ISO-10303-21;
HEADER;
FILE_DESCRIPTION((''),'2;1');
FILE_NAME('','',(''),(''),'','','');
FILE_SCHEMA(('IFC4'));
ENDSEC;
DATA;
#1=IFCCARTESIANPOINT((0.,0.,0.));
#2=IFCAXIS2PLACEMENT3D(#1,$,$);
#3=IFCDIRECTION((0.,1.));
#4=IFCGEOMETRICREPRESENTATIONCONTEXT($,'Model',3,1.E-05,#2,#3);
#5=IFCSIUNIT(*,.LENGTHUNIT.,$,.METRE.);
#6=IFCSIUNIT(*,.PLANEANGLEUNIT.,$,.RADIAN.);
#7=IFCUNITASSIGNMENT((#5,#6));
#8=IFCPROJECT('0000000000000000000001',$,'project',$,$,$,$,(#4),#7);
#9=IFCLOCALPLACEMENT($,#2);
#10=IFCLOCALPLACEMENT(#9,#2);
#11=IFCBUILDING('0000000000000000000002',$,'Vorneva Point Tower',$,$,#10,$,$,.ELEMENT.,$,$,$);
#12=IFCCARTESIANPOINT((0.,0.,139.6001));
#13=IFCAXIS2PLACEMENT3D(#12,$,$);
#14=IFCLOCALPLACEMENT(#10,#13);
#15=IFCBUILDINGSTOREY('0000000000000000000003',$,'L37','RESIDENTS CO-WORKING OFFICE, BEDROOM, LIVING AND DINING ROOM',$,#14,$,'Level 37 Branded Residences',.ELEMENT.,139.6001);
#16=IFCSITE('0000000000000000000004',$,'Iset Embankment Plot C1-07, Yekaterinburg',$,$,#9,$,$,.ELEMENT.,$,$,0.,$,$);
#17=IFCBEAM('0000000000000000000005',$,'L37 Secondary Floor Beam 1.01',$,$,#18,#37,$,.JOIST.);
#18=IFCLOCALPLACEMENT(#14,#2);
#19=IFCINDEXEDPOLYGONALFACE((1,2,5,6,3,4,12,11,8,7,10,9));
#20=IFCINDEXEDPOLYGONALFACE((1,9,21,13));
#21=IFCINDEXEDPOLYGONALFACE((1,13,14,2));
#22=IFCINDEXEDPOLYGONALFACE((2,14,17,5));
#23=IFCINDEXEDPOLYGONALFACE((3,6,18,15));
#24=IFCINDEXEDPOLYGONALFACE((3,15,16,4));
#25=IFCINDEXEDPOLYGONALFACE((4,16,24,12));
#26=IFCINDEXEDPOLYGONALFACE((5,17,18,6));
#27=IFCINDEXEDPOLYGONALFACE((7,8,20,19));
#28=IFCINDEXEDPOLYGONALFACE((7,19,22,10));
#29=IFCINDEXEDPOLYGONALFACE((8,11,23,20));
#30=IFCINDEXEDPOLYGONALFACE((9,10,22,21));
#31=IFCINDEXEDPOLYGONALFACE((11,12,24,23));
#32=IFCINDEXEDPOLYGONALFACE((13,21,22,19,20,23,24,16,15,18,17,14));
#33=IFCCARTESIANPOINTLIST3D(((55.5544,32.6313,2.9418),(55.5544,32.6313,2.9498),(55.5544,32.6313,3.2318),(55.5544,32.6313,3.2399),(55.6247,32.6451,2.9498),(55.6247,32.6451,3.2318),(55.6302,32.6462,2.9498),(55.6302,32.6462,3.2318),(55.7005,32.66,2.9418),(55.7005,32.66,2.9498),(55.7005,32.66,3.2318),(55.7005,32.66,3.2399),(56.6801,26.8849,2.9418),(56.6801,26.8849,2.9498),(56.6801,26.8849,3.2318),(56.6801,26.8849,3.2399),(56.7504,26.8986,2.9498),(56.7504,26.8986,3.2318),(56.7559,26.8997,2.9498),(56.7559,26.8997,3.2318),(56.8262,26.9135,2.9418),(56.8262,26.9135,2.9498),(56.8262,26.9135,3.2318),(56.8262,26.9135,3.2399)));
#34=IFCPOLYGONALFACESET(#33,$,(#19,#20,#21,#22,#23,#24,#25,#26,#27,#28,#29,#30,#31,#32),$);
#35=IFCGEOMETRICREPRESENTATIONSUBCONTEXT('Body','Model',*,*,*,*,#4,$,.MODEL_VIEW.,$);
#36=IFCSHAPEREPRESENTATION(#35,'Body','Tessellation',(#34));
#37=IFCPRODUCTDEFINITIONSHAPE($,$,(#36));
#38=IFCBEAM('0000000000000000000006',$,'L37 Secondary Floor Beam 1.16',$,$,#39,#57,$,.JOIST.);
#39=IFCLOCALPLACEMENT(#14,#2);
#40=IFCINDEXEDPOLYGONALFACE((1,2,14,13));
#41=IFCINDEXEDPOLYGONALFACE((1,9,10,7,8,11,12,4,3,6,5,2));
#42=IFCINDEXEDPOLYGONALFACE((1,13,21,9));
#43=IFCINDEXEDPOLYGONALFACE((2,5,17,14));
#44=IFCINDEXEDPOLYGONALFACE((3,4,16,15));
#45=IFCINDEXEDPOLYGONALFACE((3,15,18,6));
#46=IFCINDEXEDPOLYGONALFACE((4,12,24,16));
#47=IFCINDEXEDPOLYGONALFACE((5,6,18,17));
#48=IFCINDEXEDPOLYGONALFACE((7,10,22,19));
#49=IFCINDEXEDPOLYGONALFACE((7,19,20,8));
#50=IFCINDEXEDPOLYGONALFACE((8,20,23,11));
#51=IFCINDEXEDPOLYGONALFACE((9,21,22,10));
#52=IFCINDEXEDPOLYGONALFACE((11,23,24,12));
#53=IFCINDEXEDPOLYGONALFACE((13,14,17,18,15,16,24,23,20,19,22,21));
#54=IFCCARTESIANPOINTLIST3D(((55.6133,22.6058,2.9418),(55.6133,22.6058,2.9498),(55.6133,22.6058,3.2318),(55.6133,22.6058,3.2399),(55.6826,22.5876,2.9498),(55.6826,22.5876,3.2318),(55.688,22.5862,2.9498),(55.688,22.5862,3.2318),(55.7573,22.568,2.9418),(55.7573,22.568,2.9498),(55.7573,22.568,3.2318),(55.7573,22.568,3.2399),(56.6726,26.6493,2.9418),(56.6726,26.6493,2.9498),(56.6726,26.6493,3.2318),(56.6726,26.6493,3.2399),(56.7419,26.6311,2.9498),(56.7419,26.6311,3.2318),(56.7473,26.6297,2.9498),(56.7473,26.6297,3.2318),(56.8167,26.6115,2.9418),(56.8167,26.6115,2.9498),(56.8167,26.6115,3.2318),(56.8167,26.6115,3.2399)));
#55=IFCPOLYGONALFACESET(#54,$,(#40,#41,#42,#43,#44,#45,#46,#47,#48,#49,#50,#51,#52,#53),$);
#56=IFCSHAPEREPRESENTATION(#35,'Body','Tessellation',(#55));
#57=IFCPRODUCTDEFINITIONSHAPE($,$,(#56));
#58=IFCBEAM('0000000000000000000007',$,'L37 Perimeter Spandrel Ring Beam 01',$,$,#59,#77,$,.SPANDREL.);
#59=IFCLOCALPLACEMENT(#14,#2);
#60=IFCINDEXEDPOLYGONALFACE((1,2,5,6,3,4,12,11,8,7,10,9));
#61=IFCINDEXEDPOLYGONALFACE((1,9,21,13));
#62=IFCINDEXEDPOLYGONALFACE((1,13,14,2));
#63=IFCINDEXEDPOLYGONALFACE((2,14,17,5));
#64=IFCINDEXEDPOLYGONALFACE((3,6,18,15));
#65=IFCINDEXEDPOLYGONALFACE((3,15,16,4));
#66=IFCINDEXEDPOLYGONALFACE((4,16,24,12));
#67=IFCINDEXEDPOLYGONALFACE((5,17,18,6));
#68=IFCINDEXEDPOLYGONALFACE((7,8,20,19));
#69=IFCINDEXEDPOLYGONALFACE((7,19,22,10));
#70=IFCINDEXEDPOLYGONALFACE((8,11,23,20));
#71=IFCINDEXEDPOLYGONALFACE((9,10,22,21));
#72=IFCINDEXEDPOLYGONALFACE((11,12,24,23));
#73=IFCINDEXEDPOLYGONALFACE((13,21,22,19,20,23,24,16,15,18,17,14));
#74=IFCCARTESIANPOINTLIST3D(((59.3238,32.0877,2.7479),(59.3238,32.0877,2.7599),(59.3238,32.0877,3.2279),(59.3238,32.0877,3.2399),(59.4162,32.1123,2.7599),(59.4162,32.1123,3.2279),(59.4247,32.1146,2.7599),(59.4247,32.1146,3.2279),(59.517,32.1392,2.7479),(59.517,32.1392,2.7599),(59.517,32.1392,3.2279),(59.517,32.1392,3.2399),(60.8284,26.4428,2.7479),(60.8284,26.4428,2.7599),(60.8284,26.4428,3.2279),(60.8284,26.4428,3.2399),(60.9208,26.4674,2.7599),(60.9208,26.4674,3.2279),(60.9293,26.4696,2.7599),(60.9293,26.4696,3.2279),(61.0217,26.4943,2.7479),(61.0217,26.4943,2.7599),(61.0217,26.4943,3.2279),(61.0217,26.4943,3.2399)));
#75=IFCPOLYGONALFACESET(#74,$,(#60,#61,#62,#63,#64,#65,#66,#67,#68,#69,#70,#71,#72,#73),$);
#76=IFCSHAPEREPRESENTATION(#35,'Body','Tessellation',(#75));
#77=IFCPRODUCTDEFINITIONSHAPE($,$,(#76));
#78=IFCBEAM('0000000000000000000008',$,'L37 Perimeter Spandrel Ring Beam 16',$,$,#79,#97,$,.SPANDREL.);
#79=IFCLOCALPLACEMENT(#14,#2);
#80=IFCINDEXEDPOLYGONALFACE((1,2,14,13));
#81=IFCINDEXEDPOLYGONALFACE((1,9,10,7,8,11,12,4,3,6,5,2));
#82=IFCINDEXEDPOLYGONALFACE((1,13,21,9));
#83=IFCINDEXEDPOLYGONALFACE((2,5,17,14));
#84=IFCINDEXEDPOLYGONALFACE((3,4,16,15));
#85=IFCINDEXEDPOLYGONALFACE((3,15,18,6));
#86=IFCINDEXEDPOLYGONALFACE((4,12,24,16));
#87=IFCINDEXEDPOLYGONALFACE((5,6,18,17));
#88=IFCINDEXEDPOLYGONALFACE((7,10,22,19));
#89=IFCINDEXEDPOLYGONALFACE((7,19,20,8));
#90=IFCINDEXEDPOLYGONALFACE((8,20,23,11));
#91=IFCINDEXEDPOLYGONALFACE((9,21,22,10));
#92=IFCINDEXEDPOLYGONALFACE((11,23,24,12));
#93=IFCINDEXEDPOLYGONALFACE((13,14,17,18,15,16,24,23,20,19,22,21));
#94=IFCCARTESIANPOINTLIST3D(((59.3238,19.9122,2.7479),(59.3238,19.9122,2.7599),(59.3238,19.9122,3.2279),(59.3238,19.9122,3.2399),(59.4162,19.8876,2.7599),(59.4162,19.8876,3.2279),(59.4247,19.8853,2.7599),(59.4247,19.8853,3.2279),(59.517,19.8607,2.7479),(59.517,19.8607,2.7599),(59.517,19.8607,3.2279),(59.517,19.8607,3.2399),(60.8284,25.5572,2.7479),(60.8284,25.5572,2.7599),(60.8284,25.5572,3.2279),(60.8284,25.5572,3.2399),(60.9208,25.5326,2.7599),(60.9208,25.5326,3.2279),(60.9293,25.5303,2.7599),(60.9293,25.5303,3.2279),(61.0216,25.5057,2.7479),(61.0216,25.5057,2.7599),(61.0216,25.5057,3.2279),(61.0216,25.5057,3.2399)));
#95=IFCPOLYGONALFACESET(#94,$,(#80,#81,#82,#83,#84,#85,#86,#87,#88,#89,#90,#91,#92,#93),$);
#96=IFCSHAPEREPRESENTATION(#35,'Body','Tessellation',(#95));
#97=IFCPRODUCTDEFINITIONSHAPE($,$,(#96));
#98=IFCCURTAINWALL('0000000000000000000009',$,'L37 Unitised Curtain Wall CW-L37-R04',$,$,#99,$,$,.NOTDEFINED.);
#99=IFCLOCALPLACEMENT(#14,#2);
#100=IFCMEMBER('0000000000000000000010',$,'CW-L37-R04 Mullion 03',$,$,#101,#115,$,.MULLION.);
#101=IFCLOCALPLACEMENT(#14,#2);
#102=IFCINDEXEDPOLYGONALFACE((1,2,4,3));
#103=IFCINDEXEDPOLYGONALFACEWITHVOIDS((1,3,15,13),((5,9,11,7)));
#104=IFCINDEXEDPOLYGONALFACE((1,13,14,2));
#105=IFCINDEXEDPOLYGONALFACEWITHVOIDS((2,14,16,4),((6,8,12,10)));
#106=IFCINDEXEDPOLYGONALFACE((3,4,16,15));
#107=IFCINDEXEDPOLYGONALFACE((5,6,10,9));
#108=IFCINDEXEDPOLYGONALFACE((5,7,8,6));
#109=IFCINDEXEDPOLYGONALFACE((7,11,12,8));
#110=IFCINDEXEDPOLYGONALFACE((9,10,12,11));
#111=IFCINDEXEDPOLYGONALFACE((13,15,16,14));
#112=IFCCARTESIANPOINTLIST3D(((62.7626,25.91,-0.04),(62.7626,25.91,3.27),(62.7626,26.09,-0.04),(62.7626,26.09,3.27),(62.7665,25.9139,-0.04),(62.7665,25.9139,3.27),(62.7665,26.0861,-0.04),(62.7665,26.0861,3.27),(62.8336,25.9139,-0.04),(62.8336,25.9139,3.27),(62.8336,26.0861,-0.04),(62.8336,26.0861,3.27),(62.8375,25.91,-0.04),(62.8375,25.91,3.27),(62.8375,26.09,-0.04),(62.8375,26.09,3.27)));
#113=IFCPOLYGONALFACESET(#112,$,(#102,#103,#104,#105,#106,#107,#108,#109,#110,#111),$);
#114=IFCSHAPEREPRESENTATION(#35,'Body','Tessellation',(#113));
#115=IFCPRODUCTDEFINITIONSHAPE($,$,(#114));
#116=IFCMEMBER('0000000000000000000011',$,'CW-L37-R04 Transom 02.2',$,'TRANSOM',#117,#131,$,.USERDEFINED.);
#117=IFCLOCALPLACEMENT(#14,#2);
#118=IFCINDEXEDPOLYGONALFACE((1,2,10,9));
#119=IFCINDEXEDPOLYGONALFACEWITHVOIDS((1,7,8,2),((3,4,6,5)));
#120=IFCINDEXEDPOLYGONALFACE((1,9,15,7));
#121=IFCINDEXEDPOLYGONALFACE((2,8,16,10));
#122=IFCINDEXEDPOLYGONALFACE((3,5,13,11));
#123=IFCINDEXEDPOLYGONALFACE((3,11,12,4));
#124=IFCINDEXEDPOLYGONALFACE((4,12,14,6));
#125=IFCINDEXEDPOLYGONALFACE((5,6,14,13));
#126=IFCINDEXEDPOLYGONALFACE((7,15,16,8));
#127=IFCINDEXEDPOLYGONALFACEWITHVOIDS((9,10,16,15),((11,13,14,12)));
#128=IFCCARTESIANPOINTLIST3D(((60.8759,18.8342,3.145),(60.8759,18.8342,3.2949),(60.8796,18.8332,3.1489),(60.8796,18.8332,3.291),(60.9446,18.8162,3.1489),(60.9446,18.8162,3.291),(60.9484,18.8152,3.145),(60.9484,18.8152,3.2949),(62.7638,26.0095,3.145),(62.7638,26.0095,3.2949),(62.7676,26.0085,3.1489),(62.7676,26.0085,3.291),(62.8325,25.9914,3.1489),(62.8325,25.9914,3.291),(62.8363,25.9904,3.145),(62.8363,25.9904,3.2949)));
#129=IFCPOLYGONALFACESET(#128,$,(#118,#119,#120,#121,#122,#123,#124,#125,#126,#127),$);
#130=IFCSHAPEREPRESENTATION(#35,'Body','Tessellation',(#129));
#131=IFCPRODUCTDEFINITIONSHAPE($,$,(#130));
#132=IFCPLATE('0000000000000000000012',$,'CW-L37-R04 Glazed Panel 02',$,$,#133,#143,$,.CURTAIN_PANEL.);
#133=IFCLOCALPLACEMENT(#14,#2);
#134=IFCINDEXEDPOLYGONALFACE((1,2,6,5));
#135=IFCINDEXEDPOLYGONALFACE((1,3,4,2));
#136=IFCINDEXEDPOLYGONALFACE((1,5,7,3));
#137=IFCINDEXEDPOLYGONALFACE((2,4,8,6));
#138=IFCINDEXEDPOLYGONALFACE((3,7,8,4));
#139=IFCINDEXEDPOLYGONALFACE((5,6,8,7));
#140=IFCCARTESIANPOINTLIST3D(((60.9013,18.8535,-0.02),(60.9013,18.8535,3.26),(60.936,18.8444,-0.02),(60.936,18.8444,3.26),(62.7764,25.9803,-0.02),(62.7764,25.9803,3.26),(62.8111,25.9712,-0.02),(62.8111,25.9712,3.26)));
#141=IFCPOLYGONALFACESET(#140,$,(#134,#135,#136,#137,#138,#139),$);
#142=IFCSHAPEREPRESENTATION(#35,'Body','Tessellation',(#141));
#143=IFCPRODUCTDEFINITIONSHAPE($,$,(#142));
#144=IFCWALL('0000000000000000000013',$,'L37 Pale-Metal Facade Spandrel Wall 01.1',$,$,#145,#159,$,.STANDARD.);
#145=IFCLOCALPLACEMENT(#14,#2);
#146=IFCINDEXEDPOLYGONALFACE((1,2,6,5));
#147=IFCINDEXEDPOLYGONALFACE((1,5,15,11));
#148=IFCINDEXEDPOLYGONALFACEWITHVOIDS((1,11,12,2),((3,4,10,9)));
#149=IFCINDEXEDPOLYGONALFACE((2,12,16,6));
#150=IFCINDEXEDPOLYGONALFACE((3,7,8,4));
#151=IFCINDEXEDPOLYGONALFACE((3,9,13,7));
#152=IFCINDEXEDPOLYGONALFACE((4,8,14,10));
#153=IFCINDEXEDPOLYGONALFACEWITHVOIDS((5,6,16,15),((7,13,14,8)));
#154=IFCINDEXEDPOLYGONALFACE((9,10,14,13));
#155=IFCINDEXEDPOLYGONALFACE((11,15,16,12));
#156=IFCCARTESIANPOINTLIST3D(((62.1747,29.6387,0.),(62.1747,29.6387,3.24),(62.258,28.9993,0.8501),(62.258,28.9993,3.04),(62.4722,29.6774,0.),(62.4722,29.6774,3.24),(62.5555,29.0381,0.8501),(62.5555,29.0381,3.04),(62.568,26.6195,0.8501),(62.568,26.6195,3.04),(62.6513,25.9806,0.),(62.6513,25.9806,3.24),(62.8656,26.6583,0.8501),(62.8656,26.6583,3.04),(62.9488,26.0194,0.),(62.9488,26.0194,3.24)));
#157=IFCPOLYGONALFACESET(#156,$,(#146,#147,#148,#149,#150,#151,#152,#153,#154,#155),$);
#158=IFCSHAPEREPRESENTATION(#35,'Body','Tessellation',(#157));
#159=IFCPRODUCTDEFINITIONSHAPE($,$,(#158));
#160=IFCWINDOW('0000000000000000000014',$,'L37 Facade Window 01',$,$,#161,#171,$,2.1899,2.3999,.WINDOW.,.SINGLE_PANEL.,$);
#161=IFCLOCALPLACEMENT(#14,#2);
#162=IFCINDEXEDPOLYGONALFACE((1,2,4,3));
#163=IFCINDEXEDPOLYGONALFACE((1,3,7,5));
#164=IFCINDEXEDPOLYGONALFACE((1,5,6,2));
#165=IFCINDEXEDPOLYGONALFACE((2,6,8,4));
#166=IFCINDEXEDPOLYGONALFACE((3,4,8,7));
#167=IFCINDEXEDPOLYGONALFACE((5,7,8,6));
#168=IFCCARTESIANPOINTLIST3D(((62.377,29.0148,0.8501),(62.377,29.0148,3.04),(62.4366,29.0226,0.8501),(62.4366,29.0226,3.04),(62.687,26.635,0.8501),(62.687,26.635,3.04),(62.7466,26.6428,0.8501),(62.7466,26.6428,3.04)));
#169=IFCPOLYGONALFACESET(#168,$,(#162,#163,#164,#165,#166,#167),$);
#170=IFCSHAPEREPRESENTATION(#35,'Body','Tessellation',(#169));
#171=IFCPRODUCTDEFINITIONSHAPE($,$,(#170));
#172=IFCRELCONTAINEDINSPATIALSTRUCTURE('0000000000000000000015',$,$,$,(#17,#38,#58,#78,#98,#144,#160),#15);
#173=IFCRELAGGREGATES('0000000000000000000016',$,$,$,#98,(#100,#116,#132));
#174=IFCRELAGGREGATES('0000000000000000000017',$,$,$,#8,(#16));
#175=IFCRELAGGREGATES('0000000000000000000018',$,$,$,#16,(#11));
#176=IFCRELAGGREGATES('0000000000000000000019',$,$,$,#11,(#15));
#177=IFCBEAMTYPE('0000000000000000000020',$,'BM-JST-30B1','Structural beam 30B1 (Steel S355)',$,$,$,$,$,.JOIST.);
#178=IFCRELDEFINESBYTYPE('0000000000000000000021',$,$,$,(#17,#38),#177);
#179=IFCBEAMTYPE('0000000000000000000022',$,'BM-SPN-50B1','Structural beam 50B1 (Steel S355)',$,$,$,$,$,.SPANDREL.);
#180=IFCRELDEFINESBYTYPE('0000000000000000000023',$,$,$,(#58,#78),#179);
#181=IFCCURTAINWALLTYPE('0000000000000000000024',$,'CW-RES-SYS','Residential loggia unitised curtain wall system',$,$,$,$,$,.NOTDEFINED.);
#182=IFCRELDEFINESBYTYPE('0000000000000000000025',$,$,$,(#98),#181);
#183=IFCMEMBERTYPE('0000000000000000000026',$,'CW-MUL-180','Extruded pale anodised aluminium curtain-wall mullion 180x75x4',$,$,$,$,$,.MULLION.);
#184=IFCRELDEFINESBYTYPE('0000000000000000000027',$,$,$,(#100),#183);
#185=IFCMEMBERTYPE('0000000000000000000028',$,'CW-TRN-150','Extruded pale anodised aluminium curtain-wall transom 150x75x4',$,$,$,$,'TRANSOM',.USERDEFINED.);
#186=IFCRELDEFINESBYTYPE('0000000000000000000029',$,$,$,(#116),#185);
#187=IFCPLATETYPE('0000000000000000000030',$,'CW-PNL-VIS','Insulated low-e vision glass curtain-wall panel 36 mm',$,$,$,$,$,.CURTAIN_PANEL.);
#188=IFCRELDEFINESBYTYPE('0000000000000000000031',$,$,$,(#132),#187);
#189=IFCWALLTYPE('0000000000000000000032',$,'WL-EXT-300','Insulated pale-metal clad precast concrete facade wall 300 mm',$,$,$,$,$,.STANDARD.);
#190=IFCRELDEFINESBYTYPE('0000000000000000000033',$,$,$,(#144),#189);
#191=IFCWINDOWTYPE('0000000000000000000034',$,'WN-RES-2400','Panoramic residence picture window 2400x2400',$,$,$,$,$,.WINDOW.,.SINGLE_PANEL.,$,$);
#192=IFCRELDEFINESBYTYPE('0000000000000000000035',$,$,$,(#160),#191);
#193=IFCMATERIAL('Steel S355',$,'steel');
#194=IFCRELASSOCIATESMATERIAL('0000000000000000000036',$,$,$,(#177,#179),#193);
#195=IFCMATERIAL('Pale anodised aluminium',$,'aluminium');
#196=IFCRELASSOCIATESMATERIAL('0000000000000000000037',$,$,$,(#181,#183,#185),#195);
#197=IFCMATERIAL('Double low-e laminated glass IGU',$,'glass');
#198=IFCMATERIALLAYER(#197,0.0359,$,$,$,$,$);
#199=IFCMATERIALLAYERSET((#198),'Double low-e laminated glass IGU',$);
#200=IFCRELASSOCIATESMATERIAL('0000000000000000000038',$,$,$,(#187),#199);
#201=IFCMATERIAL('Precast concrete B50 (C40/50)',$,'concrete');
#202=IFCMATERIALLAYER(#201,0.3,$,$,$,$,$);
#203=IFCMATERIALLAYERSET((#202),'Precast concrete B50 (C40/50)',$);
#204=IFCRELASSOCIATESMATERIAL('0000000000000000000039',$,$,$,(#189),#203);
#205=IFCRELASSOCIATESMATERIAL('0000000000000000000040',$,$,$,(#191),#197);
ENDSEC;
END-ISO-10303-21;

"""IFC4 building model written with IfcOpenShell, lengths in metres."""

from ifc_helpers import new_model, si_unit, direction, frame, frame_2d, origin, origin_2d, place, context, subcontext, project, spatial, rectangle, hollow_rectangle, i_section, extrude, material, layer, layer_set, material_profile, profile_set, type_object, element, fill, aggregate, save


model = new_model("IFC4")

# Units and contexts
model_context = context("Model", 3, precision=1e-05, world=origin(), true_north=direction((0.0, 1.0)))
body_context = subcontext(model_context, "Body", "Model", "MODEL_VIEW")
ifc_project = project(units=[si_unit("LENGTHUNIT", "METRE"), si_unit("PLANEANGLEUNIT", "RADIAN")], contexts=[model_context])

# Site, building, storey
site_placement = place(None, origin())
site = spatial("IfcSite", under=ifc_project, at=site_placement, Name="Iset Embankment Plot C1-07, Yekaterinburg", CompositionType="ELEMENT", RefElevation=0.0)
building_placement = place(site_placement, origin())
building = spatial("IfcBuilding", under=site, at=building_placement, Name="Vorneva Point Tower", CompositionType="ELEMENT")
storey_placement = place(building_placement, frame((0.0, 0.0, 139.6001)))
storey = spatial("IfcBuildingStorey", under=building, at=storey_placement, Name="L37", Description="RESIDENTS CO-WORKING OFFICE, BEDROOM, LIVING AND DINING ROOM", LongName="Level 37 Branded Residences", CompositionType="ELEMENT", Elevation=139.6001)

# Beams
ifc_material_1 = material(Name="Steel S355", Category="steel")
ifc_material_profile_1 = material_profile(ifc_material_1, i_section(OverallWidth=0.1489, OverallDepth=0.2981, WebThickness=0.0056, FlangeThickness=0.0081, at=origin_2d()), Name="30B1")
ifc_profile_set_1 = profile_set([ifc_material_profile_1], Name="Steel S355")
beam_type_1 = type_object("IfcBeamType", Name="BM-JST-30B1", Description="Structural beam 30B1 (Steel S355)", PredefinedType="JOIST", material=ifc_profile_set_1)
beam_1_placement = place(storey_placement, frame((56.7532, 26.8992, 3.0908), z_axis=(-0.192242, 0.981348, 0.0), x_axis=(-0.981348, -0.192242, 0.0)))
element("IfcBeam", 1, at=beam_1_placement, inside=storey, type_object=beam_type_1, Name="L37 Secondary Floor Beam 1.01", PredefinedType="JOIST", context=body_context, shape_type="SweptSolid", body=[
    extrude(i_section(OverallWidth=0.1489, OverallDepth=0.2981, WebThickness=0.0056, FlangeThickness=0.0081, at=origin_2d()), origin(), (0.0, 0.0, 1.0), 5.8557),
])
beam_2_placement = place(storey_placement, frame((55.6853, 22.5869, 3.0908), z_axis=(0.253432, 0.967353, 0.0), x_axis=(-0.967353, 0.253432, 0.0)))
element("IfcBeam", 2, at=beam_2_placement, inside=storey, type_object=beam_type_1, Name="L37 Secondary Floor Beam 1.16", PredefinedType="JOIST", context=body_context, shape_type="SweptSolid", body=[
    extrude(i_section(OverallWidth=0.1489, OverallDepth=0.2981, WebThickness=0.0056, FlangeThickness=0.0081, at=origin_2d()), origin(), (0.0, 0.0, 1.0), 4.1799),
])
ifc_material_profile_2 = material_profile(ifc_material_1, i_section(OverallWidth=0.2, OverallDepth=0.4919, WebThickness=0.0088, FlangeThickness=0.012, at=origin_2d()), Name="50B1")
ifc_profile_set_2 = profile_set([ifc_material_profile_2], Name="Steel S355")
beam_type_2 = type_object("IfcBeamType", Name="BM-SPN-50B1", Description="Structural beam 50B1 (Steel S355)", PredefinedType="SPANDREL", material=ifc_profile_set_2)
for number, where, z_axis, x_axis, name in (
    (3, (60.925, 26.4685, 2.9939), (-0.257551, 0.966265, 0.0), (-0.966265, -0.257551, 0.0), "L37 Perimeter Spandrel Ring Beam 01"),
    (4, (59.4204, 19.8865, 2.9939), (0.257551, 0.966265, 0.0), (-0.966265, 0.257551, 0.0), "L37 Perimeter Spandrel Ring Beam 16"),
):
    element("IfcBeam", number, at=place(storey_placement, frame(where, z_axis=z_axis, x_axis=x_axis)), inside=storey, type_object=beam_type_2, Name=name, PredefinedType="SPANDREL", context=body_context, shape_type="SweptSolid", body=[
        extrude(i_section(OverallWidth=0.2, OverallDepth=0.4919, WebThickness=0.0088, FlangeThickness=0.012, at=origin_2d()), origin(), (0.0, 0.0, 1.0), 5.842),
    ])

# Curtain wall, members, plate
ifc_material_2 = material(Name="Pale anodised aluminium", Category="aluminium")
curtain_wall_type = type_object("IfcCurtainWallType", Name="CW-RES-SYS", Description="Residential loggia unitised curtain wall system", PredefinedType="NOTDEFINED", material=ifc_material_2)
curtain_wall_placement = place(storey_placement, origin())
curtain_wall = element("IfcCurtainWall", 5, at=curtain_wall_placement, inside=storey, type_object=curtain_wall_type, Name="L37 Unitised Curtain Wall CW-L37-R04", PredefinedType="NOTDEFINED")
ifc_material_profile_3 = material_profile(ifc_material_2, hollow_rectangle(XDim=0.075, YDim=0.1799, WallThickness=0.0039, at=origin_2d()), Name="AL-MUL 180x75x4")
ifc_profile_set_3 = profile_set([ifc_material_profile_3], Name="Pale anodised aluminium")
member_type_1 = type_object("IfcMemberType", Name="CW-MUL-180", Description="Extruded pale anodised aluminium curtain-wall mullion 180x75x4", PredefinedType="MULLION", material=ifc_profile_set_3)
member_1_placement = place(storey_placement, frame((62.8, 26.0, -0.04), z_axis=(0.0, 0.0, 1.0), x_axis=(1.0, 0.0, 0.0)))
member_1 = element("IfcMember", 6, at=member_1_placement, type_object=member_type_1, Name="CW-L37-R04 Mullion 03", PredefinedType="MULLION", context=body_context, shape_type="SweptSolid", body=[
    extrude(hollow_rectangle(XDim=0.075, YDim=0.1799, WallThickness=0.0039, at=origin_2d()), origin(), (0.0, 0.0, 1.0), 3.3101),
])
ifc_material_profile_4 = material_profile(ifc_material_2, hollow_rectangle(XDim=0.075, YDim=0.1499, WallThickness=0.0039, at=origin_2d()), Name="AL-TRN 150x75x4")
ifc_profile_set_4 = profile_set([ifc_material_profile_4], Name="Pale anodised aluminium")
member_type_2 = type_object("IfcMemberType", Name="CW-TRN-150", Description="Extruded pale anodised aluminium curtain-wall transom 150x75x4", ElementType="TRANSOM", PredefinedType="USERDEFINED", material=ifc_profile_set_4)
member_2_placement = place(storey_placement, frame((60.9121, 18.8247, 3.22), z_axis=(0.254456, 0.967084, 0.0), x_axis=(-0.967084, 0.254456, 0.0)))
member_2 = element("IfcMember", 7, at=member_2_placement, type_object=member_type_2, Name="CW-L37-R04 Transom 02.2", ObjectType="TRANSOM", PredefinedType="USERDEFINED", context=body_context, shape_type="SweptSolid", body=[
    extrude(hollow_rectangle(XDim=0.075, YDim=0.1499, WallThickness=0.0039, at=origin_2d()), origin(), (0.0, 0.0, 1.0), 7.4194),
])
ifc_material_3 = material(Name="Double low-e laminated glass IGU", Category="glass")
ifc_layer_1 = layer(ifc_material_3, 0.0359)
ifc_layer_set_1 = layer_set([ifc_layer_1], Name="Double low-e laminated glass IGU")
plate_type = type_object("IfcPlateType", Name="CW-PNL-VIS", Description="Insulated low-e vision glass curtain-wall panel 36 mm", PredefinedType="CURTAIN_PANEL", material=ifc_layer_set_1)
plate_placement = place(storey_placement, frame((61.8562, 22.4124, -0.02), z_axis=(0.0, 0.0, 1.0), x_axis=(0.254433, 0.96709, 0.0)))
plate = element("IfcPlate", 8, at=plate_placement, type_object=plate_type, Name="CW-L37-R04 Glazed Panel 02", PredefinedType="CURTAIN_PANEL", context=body_context, shape_type="SweptSolid", body=[
    extrude(rectangle(XDim=7.3694, YDim=0.0359, at=origin_2d()), origin(), (0.0, 0.0, 1.0), 3.28),
])
aggregate(curtain_wall, [member_1, member_2, plate])

# Wall, opening, window
ifc_material_4 = material(Name="Precast concrete B50 (C40/50)", Category="concrete")
ifc_layer_2 = layer(ifc_material_4, 0.3)
ifc_layer_set_2 = layer_set([ifc_layer_2], Name="Precast concrete B50 (C40/50)")
wall_type_1 = type_object("IfcWallType", Name="WL-EXT-300", Description="Insulated pale-metal clad precast concrete facade wall 300 mm", PredefinedType="STANDARD", material=ifc_layer_set_2)
wall_1_placement = place(storey_placement, frame((62.8, 26.0, 0.0), z_axis=(0.0, 0.0, 1.0), x_axis=(-0.129189, 0.99162, 0.0)))
wall_1 = element("IfcWall", 9, at=wall_1_placement, inside=storey, type_object=wall_type_1, Name="L37 Pale-Metal Facade Spandrel Wall 01.1", PredefinedType="STANDARD", context=body_context, shape_type="SweptSolid", body=[
    extrude(rectangle(XDim=3.689, YDim=0.3, at=frame_2d((1.8445, 0.0))), origin(), (0.0, 0.0, 1.0), 3.24),
])
opening_1_placement = place(wall_1_placement, frame((0.6443, 0.0, 0.8501)))
opening_1 = element("IfcOpeningElement", 10, at=opening_1_placement, cuts=wall_1, PredefinedType="OPENING", context=body_context, shape_type="SweptSolid", body=[
    extrude(rectangle(XDim=2.3999, YDim=2.1899, at=frame_2d((1.2, 1.095))), frame((0.0, 0.165, 0.0), z_axis=(0.0, -1.0, 0.0), x_axis=(1.0, 0.0, 0.0)), (0.0, 0.0, 1.0), 0.3298),
])
window_type = type_object("IfcWindowType", Name="WN-RES-2400", Description="Panoramic residence picture window 2400x2400", PartitioningType="SINGLE_PANEL", PredefinedType="WINDOW", material=ifc_material_3)
window_placement = place(opening_1_placement, origin())
window = element("IfcWindow", 11, at=window_placement, inside=storey, type_object=window_type, Name="L37 Facade Window 01", OverallHeight=2.1899, OverallWidth=2.3999, PartitioningType="SINGLE_PANEL", PredefinedType="WINDOW", context=body_context, shape_type="SweptSolid", body=[
    extrude(rectangle(XDim=2.3999, YDim=2.1899, at=frame_2d((1.2, 1.095))), frame((0.0, 0.03, 0.0), z_axis=(0.0, -1.0, 0.0), x_axis=(1.0, 0.0, 0.0)), (0.0, 0.0, 1.0), 0.0601),
])
fill(opening_1, window)

save(model, "model.ifc")
